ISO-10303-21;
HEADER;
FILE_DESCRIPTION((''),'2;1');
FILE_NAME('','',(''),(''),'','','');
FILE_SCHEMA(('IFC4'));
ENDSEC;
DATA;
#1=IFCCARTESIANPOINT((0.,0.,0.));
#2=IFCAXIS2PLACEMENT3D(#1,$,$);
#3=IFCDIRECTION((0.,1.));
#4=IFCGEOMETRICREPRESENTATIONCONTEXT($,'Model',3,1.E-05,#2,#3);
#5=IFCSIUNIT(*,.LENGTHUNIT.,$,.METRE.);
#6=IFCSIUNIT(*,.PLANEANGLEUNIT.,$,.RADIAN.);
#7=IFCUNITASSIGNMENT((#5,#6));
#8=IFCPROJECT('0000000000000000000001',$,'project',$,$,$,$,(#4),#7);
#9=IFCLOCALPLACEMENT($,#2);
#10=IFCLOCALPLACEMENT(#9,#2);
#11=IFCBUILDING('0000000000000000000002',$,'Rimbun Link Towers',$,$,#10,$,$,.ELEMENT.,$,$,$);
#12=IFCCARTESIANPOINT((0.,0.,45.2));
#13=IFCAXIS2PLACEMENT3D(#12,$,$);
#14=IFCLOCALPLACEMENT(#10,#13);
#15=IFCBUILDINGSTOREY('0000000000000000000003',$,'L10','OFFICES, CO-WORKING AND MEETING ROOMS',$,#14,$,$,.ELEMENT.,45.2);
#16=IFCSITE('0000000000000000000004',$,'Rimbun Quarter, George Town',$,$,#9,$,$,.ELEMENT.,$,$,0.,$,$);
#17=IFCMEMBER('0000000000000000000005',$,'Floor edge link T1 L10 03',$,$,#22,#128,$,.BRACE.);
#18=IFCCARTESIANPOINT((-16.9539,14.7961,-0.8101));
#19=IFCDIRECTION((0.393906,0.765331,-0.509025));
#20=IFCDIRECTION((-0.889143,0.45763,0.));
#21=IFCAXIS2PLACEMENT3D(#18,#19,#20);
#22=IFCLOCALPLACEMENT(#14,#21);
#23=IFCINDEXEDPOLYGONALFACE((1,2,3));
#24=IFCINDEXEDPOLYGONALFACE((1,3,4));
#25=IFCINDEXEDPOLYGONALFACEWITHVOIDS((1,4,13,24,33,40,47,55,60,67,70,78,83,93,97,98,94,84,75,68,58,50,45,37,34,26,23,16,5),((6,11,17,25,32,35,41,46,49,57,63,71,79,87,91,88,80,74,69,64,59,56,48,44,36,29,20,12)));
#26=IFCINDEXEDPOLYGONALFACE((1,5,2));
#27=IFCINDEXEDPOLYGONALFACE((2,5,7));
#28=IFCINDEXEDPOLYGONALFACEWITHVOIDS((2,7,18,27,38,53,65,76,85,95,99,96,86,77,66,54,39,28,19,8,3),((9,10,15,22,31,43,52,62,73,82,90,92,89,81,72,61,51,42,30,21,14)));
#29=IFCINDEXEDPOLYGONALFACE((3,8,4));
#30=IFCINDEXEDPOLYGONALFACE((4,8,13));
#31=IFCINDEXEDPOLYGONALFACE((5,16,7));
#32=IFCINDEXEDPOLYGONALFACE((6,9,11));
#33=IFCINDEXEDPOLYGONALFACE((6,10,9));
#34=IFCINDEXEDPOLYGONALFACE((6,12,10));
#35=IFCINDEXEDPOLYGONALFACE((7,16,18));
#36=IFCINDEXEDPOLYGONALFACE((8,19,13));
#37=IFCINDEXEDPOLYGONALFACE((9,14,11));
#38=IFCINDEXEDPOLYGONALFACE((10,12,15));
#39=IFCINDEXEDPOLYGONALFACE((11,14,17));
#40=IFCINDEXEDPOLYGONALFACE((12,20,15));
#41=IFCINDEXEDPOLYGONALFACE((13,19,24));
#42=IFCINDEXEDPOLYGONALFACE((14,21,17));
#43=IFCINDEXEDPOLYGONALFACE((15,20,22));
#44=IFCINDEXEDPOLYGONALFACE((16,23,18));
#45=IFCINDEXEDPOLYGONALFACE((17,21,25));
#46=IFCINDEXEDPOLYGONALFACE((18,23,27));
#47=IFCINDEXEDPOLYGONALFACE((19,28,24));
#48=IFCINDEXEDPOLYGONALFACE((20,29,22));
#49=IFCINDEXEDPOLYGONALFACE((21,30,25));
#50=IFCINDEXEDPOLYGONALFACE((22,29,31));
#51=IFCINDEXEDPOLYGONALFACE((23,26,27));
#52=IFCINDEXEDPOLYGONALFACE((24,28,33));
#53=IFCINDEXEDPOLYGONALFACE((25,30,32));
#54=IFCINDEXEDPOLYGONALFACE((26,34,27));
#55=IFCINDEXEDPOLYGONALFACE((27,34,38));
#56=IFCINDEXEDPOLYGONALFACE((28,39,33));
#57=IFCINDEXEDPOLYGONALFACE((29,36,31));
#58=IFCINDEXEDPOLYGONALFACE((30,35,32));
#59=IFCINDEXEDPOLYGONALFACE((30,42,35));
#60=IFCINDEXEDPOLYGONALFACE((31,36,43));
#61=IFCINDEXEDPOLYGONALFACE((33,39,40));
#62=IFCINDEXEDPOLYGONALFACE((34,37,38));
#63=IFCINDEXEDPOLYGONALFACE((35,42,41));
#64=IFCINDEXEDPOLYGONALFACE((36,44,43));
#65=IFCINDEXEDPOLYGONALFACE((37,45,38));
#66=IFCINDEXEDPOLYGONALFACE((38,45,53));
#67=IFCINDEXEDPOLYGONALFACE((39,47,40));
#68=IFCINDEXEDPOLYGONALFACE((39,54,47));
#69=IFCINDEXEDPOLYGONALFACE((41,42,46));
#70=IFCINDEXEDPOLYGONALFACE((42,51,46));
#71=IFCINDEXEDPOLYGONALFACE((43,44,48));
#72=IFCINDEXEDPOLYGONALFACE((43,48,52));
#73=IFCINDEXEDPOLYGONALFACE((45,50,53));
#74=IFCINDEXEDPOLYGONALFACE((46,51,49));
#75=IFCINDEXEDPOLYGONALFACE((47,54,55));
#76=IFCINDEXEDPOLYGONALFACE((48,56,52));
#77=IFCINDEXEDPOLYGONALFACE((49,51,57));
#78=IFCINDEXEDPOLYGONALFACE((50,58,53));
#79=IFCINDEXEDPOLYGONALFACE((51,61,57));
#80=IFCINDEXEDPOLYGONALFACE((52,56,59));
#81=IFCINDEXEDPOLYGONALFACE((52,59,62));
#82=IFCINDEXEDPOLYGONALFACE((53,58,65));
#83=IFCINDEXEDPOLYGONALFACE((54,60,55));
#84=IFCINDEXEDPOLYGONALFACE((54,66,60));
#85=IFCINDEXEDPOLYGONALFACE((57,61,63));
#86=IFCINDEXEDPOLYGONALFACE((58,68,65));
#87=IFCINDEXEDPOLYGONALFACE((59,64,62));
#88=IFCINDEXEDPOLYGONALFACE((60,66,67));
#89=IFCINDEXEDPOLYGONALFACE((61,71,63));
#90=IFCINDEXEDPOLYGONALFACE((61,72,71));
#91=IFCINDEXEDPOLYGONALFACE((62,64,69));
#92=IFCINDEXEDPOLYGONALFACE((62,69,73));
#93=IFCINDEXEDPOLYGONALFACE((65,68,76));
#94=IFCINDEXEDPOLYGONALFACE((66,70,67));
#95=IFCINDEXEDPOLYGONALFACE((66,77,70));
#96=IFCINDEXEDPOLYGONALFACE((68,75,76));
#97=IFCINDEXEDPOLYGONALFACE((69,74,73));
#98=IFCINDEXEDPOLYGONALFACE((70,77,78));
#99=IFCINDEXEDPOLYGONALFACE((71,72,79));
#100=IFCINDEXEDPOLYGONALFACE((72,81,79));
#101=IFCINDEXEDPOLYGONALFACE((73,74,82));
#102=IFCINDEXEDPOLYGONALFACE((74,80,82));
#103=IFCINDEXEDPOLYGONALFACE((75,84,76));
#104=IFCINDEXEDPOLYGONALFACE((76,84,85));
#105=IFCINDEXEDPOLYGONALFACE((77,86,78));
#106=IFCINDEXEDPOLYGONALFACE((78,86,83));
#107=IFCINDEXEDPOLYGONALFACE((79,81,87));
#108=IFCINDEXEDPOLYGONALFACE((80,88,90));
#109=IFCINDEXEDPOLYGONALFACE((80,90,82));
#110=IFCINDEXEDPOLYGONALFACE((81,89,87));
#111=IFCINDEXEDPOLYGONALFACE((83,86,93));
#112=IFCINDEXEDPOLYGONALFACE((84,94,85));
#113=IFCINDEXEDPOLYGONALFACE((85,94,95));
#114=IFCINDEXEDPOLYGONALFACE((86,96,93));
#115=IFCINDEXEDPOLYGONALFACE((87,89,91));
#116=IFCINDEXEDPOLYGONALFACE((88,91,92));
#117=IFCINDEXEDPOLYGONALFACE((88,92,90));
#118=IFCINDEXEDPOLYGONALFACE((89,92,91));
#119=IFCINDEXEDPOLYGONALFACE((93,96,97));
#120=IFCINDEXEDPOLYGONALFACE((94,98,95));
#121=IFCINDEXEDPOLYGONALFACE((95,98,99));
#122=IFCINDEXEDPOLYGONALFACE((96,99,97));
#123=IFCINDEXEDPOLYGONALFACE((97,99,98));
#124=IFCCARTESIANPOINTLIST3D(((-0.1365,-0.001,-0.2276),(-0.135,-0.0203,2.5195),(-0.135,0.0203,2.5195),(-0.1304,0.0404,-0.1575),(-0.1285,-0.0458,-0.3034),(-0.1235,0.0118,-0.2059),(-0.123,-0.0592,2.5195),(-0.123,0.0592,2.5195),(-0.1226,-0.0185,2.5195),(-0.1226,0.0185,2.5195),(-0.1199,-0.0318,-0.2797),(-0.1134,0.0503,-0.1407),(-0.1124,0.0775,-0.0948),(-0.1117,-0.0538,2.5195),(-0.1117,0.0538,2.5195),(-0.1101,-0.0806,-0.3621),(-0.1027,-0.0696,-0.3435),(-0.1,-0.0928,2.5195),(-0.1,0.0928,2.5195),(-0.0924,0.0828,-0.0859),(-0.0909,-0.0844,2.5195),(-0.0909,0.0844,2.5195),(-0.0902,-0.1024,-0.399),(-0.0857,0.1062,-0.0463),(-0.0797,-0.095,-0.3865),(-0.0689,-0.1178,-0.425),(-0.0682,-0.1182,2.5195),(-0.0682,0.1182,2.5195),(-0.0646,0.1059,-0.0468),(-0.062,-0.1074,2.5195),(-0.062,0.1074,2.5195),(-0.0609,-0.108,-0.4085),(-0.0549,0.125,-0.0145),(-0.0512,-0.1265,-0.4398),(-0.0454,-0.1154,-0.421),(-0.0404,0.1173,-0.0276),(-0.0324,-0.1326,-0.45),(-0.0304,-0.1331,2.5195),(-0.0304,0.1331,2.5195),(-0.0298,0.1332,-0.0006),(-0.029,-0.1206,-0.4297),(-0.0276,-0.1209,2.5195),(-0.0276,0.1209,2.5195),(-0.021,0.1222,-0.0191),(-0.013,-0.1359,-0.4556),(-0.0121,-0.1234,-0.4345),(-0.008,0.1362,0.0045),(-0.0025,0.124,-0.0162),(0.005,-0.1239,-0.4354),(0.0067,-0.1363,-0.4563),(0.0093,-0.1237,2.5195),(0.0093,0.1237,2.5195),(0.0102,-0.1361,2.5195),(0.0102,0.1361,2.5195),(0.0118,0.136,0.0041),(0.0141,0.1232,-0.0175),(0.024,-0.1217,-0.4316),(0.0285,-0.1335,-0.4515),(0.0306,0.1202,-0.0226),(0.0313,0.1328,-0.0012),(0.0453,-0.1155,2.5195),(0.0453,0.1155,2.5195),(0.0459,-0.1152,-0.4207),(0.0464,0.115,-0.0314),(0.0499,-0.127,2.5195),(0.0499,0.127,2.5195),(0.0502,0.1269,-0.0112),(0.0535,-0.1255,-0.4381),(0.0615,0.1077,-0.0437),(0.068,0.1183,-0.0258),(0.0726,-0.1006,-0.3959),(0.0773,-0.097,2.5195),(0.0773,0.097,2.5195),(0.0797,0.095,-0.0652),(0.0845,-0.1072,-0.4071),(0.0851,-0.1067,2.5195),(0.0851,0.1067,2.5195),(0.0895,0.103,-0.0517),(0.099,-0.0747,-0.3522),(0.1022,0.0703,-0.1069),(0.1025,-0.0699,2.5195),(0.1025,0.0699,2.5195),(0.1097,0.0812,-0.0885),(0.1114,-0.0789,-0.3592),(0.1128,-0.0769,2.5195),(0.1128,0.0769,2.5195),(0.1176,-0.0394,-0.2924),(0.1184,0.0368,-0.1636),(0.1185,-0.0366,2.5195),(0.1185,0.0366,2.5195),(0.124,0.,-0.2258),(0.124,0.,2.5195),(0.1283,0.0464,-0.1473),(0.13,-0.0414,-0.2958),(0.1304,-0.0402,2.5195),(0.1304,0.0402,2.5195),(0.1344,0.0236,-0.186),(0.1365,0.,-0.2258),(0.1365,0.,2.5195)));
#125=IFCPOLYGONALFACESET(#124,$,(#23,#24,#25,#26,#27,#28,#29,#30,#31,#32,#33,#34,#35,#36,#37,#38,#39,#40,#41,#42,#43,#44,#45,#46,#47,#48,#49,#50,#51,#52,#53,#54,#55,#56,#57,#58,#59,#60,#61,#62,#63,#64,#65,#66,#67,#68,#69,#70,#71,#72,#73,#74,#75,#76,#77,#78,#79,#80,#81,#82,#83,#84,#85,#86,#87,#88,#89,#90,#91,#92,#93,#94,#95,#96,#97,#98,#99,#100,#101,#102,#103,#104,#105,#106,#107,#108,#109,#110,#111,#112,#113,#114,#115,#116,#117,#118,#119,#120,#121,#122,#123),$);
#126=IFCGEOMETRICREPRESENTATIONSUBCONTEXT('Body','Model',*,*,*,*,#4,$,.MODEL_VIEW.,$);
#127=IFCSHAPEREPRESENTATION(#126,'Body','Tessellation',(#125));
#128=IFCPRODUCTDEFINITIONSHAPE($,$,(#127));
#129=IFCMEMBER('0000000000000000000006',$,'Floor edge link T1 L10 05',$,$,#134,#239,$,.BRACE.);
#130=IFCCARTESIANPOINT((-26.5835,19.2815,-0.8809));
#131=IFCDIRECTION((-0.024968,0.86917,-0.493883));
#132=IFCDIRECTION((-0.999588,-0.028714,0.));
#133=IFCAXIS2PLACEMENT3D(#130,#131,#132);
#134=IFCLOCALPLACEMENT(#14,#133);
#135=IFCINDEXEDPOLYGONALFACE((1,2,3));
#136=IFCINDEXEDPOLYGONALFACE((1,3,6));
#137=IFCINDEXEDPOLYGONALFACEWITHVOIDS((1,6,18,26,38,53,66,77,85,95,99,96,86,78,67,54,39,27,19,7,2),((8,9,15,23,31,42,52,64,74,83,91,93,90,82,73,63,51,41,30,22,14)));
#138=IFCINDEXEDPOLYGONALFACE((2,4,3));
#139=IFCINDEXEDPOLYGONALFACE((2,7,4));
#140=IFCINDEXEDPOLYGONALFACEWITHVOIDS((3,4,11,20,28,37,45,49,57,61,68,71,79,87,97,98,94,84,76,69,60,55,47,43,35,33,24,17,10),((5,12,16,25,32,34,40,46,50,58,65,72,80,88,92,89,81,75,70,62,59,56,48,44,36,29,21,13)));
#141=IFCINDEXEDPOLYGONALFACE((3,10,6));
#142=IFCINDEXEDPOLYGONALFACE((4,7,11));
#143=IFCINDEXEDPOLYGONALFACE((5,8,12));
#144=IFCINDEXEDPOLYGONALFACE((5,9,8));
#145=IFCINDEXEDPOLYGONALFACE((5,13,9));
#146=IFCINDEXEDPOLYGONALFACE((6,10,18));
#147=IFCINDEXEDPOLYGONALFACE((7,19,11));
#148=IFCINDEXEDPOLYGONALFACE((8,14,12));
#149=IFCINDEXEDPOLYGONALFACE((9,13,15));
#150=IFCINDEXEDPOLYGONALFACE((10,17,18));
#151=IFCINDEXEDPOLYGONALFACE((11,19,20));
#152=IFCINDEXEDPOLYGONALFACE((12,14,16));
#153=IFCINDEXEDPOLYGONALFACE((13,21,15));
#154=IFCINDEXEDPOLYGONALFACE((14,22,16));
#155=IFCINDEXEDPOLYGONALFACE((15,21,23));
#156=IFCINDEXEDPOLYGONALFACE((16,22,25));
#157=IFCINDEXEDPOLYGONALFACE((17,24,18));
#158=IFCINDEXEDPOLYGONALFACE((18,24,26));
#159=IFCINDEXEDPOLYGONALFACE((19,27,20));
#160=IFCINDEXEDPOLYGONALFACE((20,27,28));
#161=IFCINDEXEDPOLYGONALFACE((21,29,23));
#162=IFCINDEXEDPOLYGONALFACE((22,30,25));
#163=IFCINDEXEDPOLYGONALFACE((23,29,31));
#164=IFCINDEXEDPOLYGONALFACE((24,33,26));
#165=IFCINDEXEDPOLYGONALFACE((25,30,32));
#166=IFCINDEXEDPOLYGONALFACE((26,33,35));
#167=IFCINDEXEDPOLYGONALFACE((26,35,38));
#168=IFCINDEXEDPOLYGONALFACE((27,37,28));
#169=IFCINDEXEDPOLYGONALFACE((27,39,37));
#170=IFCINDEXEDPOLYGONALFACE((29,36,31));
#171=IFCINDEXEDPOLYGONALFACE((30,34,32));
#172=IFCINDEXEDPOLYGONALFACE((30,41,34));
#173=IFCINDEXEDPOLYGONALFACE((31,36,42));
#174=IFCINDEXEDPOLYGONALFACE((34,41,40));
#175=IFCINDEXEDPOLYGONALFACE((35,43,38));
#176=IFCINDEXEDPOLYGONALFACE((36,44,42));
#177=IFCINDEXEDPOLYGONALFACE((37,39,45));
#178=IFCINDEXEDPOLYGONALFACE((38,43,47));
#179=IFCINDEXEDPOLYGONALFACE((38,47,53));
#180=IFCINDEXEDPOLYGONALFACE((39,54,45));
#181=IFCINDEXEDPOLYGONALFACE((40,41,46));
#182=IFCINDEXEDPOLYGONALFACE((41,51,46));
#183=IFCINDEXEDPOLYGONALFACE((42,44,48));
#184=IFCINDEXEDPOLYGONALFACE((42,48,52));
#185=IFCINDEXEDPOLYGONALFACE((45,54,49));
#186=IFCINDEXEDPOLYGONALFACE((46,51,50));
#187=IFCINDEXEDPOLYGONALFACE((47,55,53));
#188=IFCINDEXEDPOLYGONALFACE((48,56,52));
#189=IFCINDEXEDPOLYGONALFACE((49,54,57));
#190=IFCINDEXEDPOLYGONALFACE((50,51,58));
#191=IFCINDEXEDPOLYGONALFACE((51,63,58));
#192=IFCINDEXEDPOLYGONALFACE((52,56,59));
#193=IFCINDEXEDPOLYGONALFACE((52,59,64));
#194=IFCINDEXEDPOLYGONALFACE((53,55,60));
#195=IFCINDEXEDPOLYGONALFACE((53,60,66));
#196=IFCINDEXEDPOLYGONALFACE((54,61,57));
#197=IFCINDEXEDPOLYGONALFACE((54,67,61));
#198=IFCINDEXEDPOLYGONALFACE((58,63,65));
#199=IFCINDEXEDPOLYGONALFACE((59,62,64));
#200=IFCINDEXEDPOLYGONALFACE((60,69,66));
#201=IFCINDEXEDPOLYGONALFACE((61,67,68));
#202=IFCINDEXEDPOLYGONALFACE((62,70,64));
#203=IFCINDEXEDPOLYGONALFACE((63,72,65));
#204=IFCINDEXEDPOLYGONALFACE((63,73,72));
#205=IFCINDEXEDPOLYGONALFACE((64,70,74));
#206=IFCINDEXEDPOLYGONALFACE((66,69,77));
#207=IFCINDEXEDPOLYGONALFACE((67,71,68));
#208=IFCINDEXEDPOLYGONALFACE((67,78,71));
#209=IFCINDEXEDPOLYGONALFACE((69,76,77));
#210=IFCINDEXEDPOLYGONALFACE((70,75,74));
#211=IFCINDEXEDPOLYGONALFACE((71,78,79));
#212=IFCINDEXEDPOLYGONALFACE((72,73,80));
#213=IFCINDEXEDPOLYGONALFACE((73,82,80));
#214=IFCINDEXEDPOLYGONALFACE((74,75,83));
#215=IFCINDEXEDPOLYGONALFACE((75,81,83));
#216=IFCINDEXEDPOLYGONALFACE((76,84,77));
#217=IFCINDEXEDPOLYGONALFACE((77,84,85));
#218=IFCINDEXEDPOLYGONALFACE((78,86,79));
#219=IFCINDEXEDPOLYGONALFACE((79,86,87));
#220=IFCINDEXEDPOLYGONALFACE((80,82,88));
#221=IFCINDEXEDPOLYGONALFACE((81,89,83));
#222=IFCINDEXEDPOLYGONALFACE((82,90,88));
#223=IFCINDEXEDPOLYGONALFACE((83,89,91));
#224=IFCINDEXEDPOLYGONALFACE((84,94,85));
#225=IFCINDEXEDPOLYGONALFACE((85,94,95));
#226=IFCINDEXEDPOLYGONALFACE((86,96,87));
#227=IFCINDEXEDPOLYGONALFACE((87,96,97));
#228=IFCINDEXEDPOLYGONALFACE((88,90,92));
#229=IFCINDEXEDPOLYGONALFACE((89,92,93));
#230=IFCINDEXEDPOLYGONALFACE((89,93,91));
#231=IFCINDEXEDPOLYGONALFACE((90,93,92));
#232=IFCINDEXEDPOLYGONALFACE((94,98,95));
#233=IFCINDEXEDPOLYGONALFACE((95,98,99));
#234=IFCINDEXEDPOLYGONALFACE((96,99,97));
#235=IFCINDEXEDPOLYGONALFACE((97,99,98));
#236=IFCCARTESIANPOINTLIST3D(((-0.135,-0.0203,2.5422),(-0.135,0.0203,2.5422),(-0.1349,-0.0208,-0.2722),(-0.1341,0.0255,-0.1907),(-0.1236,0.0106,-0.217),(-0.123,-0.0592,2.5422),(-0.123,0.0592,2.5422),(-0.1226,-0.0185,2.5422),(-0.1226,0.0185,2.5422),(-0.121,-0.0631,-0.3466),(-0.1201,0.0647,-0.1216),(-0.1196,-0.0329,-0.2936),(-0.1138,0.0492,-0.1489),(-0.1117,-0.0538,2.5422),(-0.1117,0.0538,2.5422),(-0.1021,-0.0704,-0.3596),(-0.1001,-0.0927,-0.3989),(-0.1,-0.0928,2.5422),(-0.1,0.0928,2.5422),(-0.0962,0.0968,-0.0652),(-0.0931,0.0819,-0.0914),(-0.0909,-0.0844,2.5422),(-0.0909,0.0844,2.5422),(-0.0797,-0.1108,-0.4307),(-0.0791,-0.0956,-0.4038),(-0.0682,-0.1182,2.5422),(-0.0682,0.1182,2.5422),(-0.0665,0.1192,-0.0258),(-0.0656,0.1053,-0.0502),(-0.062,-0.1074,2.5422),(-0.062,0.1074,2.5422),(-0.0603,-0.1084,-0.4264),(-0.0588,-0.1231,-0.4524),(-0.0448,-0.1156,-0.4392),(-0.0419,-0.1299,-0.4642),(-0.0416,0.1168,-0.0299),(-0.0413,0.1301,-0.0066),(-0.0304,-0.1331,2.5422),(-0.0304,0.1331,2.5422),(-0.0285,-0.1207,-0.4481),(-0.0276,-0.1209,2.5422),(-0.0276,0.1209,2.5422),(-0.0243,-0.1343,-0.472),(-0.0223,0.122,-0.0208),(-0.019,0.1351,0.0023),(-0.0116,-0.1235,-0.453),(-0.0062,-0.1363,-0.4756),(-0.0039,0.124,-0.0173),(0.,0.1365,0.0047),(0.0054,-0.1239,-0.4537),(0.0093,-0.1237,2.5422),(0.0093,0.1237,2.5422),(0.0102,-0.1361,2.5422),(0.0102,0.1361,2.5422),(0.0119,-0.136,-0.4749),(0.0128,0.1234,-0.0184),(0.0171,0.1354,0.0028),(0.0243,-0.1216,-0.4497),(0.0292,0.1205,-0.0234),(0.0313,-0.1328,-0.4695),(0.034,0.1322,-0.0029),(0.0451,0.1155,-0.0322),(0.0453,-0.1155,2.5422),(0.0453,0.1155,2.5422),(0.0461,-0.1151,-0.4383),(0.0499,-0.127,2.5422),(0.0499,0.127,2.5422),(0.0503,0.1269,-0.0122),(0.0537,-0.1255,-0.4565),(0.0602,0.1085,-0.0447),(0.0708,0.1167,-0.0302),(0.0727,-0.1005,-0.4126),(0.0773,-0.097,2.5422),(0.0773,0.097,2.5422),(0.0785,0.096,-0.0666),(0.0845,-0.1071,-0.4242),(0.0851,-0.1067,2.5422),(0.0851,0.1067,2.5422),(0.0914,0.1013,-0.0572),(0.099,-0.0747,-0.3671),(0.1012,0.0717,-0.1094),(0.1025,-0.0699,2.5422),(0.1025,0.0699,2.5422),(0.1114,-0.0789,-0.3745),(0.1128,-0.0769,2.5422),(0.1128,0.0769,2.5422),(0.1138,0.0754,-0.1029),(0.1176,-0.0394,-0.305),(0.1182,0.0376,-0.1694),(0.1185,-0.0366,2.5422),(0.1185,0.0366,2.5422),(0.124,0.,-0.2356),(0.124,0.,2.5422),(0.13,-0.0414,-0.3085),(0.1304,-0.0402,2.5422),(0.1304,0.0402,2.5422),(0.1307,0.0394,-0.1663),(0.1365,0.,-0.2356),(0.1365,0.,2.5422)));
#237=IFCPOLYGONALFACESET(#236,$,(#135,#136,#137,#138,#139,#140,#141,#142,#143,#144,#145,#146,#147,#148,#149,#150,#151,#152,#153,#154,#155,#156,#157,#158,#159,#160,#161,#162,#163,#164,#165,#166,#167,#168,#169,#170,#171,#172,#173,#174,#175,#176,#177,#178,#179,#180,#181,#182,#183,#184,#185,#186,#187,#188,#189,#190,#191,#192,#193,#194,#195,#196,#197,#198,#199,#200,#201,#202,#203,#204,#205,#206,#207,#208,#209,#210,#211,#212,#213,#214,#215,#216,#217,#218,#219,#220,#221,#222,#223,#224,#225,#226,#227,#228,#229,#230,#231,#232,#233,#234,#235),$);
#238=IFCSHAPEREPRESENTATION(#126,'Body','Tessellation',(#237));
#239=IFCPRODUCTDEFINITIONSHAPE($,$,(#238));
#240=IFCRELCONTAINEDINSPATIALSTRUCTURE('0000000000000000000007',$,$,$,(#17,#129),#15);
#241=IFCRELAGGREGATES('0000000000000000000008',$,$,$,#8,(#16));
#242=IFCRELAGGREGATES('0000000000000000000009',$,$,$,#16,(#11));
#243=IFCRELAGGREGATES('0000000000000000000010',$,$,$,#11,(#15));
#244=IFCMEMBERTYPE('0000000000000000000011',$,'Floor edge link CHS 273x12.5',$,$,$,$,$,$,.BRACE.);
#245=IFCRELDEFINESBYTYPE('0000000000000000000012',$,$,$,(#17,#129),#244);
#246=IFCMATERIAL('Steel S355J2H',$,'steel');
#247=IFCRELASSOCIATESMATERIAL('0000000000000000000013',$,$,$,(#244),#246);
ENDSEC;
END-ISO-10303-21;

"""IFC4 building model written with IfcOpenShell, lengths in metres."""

from ifc_helpers import new_model, si_unit, direction, frame, origin, origin_2d, place, context, subcontext, project, spatial, hollow_circle, extrude, clip, halfspace, material, material_profile, profile_set, type_object, element, save


model = new_model("IFC4")

# Units and contexts
model_context = context("Model", 3, precision=1e-05, world=origin(), true_north=direction((0.0, 1.0)))
body_context = subcontext(model_context, "Body", "Model", "MODEL_VIEW")
ifc_project = project(units=[si_unit("LENGTHUNIT", "METRE"), si_unit("PLANEANGLEUNIT", "RADIAN")], contexts=[model_context])

# Site, building, storey
site_placement = place(None, origin())
site = spatial("IfcSite", under=ifc_project, at=site_placement, Name="Rimbun Quarter, George Town", CompositionType="ELEMENT", RefElevation=0.0)
building_placement = place(site_placement, origin())
building = spatial("IfcBuilding", under=site, at=building_placement, Name="Rimbun Link Towers", CompositionType="ELEMENT")
storey_placement = place(building_placement, frame((0.0, 0.0, 45.2)))
storey = spatial("IfcBuildingStorey", under=building, at=storey_placement, Name="L10", Description="OFFICES, CO-WORKING AND MEETING ROOMS", CompositionType="ELEMENT", Elevation=45.2)

# Members
ifc_material_1 = material(Name="Steel S355J2H", Category="steel")
ifc_material_profile_1 = material_profile(ifc_material_1, hollow_circle(Radius=0.1365, WallThickness=0.0125, at=origin_2d()), Name="CHS 273x12.5")
ifc_profile_set_1 = profile_set([ifc_material_profile_1], Name="Steel S355J2H")
member_type_1 = type_object("IfcMemberType", Name="Floor edge link CHS 273x12.5", PredefinedType="BRACE", material=ifc_profile_set_1)
member_1_placement = place(storey_placement, frame((-16.9539, 14.7961, -0.8101), z_axis=(0.393906, 0.765331, -0.509025), x_axis=(-0.889143, 0.45763, 0.0)))
element("IfcMember", 1, at=member_1_placement, inside=storey, type_object=member_type_1, Name="Floor edge link T1 L10 03", PredefinedType="BRACE", context=body_context, shape_type="Clipping", body=[
    clip(extrude(hollow_circle(Radius=0.1365, WallThickness=0.0125, at=origin_2d()), frame((0.0, 0.0, -0.4814)), (0.0, 0.0, 1.0), 3.001), halfspace(frame((0.0, 0.0, -0.2258), z_axis=(0.0, 0.860751, -0.509025)), False)),
])
member_2_placement = place(storey_placement, frame((-26.5835, 19.2815, -0.8809), z_axis=(-0.024968, 0.86917, -0.493883), x_axis=(-0.999588, -0.028714, 0.0)))
element("IfcMember", 2, at=member_2_placement, inside=storey, type_object=member_type_1, Name="Floor edge link T1 L10 05", PredefinedType="BRACE", context=body_context, shape_type="Clipping", body=[
    clip(extrude(hollow_circle(Radius=0.1365, WallThickness=0.0125, at=origin_2d()), frame((0.0, 0.0, -0.501)), (0.0, 0.0, 1.0), 3.0432), halfspace(frame((0.0, 0.0, -0.2356), z_axis=(0.0, 0.869528, -0.493883)), False)),
])

save(model, "model.ifc")
